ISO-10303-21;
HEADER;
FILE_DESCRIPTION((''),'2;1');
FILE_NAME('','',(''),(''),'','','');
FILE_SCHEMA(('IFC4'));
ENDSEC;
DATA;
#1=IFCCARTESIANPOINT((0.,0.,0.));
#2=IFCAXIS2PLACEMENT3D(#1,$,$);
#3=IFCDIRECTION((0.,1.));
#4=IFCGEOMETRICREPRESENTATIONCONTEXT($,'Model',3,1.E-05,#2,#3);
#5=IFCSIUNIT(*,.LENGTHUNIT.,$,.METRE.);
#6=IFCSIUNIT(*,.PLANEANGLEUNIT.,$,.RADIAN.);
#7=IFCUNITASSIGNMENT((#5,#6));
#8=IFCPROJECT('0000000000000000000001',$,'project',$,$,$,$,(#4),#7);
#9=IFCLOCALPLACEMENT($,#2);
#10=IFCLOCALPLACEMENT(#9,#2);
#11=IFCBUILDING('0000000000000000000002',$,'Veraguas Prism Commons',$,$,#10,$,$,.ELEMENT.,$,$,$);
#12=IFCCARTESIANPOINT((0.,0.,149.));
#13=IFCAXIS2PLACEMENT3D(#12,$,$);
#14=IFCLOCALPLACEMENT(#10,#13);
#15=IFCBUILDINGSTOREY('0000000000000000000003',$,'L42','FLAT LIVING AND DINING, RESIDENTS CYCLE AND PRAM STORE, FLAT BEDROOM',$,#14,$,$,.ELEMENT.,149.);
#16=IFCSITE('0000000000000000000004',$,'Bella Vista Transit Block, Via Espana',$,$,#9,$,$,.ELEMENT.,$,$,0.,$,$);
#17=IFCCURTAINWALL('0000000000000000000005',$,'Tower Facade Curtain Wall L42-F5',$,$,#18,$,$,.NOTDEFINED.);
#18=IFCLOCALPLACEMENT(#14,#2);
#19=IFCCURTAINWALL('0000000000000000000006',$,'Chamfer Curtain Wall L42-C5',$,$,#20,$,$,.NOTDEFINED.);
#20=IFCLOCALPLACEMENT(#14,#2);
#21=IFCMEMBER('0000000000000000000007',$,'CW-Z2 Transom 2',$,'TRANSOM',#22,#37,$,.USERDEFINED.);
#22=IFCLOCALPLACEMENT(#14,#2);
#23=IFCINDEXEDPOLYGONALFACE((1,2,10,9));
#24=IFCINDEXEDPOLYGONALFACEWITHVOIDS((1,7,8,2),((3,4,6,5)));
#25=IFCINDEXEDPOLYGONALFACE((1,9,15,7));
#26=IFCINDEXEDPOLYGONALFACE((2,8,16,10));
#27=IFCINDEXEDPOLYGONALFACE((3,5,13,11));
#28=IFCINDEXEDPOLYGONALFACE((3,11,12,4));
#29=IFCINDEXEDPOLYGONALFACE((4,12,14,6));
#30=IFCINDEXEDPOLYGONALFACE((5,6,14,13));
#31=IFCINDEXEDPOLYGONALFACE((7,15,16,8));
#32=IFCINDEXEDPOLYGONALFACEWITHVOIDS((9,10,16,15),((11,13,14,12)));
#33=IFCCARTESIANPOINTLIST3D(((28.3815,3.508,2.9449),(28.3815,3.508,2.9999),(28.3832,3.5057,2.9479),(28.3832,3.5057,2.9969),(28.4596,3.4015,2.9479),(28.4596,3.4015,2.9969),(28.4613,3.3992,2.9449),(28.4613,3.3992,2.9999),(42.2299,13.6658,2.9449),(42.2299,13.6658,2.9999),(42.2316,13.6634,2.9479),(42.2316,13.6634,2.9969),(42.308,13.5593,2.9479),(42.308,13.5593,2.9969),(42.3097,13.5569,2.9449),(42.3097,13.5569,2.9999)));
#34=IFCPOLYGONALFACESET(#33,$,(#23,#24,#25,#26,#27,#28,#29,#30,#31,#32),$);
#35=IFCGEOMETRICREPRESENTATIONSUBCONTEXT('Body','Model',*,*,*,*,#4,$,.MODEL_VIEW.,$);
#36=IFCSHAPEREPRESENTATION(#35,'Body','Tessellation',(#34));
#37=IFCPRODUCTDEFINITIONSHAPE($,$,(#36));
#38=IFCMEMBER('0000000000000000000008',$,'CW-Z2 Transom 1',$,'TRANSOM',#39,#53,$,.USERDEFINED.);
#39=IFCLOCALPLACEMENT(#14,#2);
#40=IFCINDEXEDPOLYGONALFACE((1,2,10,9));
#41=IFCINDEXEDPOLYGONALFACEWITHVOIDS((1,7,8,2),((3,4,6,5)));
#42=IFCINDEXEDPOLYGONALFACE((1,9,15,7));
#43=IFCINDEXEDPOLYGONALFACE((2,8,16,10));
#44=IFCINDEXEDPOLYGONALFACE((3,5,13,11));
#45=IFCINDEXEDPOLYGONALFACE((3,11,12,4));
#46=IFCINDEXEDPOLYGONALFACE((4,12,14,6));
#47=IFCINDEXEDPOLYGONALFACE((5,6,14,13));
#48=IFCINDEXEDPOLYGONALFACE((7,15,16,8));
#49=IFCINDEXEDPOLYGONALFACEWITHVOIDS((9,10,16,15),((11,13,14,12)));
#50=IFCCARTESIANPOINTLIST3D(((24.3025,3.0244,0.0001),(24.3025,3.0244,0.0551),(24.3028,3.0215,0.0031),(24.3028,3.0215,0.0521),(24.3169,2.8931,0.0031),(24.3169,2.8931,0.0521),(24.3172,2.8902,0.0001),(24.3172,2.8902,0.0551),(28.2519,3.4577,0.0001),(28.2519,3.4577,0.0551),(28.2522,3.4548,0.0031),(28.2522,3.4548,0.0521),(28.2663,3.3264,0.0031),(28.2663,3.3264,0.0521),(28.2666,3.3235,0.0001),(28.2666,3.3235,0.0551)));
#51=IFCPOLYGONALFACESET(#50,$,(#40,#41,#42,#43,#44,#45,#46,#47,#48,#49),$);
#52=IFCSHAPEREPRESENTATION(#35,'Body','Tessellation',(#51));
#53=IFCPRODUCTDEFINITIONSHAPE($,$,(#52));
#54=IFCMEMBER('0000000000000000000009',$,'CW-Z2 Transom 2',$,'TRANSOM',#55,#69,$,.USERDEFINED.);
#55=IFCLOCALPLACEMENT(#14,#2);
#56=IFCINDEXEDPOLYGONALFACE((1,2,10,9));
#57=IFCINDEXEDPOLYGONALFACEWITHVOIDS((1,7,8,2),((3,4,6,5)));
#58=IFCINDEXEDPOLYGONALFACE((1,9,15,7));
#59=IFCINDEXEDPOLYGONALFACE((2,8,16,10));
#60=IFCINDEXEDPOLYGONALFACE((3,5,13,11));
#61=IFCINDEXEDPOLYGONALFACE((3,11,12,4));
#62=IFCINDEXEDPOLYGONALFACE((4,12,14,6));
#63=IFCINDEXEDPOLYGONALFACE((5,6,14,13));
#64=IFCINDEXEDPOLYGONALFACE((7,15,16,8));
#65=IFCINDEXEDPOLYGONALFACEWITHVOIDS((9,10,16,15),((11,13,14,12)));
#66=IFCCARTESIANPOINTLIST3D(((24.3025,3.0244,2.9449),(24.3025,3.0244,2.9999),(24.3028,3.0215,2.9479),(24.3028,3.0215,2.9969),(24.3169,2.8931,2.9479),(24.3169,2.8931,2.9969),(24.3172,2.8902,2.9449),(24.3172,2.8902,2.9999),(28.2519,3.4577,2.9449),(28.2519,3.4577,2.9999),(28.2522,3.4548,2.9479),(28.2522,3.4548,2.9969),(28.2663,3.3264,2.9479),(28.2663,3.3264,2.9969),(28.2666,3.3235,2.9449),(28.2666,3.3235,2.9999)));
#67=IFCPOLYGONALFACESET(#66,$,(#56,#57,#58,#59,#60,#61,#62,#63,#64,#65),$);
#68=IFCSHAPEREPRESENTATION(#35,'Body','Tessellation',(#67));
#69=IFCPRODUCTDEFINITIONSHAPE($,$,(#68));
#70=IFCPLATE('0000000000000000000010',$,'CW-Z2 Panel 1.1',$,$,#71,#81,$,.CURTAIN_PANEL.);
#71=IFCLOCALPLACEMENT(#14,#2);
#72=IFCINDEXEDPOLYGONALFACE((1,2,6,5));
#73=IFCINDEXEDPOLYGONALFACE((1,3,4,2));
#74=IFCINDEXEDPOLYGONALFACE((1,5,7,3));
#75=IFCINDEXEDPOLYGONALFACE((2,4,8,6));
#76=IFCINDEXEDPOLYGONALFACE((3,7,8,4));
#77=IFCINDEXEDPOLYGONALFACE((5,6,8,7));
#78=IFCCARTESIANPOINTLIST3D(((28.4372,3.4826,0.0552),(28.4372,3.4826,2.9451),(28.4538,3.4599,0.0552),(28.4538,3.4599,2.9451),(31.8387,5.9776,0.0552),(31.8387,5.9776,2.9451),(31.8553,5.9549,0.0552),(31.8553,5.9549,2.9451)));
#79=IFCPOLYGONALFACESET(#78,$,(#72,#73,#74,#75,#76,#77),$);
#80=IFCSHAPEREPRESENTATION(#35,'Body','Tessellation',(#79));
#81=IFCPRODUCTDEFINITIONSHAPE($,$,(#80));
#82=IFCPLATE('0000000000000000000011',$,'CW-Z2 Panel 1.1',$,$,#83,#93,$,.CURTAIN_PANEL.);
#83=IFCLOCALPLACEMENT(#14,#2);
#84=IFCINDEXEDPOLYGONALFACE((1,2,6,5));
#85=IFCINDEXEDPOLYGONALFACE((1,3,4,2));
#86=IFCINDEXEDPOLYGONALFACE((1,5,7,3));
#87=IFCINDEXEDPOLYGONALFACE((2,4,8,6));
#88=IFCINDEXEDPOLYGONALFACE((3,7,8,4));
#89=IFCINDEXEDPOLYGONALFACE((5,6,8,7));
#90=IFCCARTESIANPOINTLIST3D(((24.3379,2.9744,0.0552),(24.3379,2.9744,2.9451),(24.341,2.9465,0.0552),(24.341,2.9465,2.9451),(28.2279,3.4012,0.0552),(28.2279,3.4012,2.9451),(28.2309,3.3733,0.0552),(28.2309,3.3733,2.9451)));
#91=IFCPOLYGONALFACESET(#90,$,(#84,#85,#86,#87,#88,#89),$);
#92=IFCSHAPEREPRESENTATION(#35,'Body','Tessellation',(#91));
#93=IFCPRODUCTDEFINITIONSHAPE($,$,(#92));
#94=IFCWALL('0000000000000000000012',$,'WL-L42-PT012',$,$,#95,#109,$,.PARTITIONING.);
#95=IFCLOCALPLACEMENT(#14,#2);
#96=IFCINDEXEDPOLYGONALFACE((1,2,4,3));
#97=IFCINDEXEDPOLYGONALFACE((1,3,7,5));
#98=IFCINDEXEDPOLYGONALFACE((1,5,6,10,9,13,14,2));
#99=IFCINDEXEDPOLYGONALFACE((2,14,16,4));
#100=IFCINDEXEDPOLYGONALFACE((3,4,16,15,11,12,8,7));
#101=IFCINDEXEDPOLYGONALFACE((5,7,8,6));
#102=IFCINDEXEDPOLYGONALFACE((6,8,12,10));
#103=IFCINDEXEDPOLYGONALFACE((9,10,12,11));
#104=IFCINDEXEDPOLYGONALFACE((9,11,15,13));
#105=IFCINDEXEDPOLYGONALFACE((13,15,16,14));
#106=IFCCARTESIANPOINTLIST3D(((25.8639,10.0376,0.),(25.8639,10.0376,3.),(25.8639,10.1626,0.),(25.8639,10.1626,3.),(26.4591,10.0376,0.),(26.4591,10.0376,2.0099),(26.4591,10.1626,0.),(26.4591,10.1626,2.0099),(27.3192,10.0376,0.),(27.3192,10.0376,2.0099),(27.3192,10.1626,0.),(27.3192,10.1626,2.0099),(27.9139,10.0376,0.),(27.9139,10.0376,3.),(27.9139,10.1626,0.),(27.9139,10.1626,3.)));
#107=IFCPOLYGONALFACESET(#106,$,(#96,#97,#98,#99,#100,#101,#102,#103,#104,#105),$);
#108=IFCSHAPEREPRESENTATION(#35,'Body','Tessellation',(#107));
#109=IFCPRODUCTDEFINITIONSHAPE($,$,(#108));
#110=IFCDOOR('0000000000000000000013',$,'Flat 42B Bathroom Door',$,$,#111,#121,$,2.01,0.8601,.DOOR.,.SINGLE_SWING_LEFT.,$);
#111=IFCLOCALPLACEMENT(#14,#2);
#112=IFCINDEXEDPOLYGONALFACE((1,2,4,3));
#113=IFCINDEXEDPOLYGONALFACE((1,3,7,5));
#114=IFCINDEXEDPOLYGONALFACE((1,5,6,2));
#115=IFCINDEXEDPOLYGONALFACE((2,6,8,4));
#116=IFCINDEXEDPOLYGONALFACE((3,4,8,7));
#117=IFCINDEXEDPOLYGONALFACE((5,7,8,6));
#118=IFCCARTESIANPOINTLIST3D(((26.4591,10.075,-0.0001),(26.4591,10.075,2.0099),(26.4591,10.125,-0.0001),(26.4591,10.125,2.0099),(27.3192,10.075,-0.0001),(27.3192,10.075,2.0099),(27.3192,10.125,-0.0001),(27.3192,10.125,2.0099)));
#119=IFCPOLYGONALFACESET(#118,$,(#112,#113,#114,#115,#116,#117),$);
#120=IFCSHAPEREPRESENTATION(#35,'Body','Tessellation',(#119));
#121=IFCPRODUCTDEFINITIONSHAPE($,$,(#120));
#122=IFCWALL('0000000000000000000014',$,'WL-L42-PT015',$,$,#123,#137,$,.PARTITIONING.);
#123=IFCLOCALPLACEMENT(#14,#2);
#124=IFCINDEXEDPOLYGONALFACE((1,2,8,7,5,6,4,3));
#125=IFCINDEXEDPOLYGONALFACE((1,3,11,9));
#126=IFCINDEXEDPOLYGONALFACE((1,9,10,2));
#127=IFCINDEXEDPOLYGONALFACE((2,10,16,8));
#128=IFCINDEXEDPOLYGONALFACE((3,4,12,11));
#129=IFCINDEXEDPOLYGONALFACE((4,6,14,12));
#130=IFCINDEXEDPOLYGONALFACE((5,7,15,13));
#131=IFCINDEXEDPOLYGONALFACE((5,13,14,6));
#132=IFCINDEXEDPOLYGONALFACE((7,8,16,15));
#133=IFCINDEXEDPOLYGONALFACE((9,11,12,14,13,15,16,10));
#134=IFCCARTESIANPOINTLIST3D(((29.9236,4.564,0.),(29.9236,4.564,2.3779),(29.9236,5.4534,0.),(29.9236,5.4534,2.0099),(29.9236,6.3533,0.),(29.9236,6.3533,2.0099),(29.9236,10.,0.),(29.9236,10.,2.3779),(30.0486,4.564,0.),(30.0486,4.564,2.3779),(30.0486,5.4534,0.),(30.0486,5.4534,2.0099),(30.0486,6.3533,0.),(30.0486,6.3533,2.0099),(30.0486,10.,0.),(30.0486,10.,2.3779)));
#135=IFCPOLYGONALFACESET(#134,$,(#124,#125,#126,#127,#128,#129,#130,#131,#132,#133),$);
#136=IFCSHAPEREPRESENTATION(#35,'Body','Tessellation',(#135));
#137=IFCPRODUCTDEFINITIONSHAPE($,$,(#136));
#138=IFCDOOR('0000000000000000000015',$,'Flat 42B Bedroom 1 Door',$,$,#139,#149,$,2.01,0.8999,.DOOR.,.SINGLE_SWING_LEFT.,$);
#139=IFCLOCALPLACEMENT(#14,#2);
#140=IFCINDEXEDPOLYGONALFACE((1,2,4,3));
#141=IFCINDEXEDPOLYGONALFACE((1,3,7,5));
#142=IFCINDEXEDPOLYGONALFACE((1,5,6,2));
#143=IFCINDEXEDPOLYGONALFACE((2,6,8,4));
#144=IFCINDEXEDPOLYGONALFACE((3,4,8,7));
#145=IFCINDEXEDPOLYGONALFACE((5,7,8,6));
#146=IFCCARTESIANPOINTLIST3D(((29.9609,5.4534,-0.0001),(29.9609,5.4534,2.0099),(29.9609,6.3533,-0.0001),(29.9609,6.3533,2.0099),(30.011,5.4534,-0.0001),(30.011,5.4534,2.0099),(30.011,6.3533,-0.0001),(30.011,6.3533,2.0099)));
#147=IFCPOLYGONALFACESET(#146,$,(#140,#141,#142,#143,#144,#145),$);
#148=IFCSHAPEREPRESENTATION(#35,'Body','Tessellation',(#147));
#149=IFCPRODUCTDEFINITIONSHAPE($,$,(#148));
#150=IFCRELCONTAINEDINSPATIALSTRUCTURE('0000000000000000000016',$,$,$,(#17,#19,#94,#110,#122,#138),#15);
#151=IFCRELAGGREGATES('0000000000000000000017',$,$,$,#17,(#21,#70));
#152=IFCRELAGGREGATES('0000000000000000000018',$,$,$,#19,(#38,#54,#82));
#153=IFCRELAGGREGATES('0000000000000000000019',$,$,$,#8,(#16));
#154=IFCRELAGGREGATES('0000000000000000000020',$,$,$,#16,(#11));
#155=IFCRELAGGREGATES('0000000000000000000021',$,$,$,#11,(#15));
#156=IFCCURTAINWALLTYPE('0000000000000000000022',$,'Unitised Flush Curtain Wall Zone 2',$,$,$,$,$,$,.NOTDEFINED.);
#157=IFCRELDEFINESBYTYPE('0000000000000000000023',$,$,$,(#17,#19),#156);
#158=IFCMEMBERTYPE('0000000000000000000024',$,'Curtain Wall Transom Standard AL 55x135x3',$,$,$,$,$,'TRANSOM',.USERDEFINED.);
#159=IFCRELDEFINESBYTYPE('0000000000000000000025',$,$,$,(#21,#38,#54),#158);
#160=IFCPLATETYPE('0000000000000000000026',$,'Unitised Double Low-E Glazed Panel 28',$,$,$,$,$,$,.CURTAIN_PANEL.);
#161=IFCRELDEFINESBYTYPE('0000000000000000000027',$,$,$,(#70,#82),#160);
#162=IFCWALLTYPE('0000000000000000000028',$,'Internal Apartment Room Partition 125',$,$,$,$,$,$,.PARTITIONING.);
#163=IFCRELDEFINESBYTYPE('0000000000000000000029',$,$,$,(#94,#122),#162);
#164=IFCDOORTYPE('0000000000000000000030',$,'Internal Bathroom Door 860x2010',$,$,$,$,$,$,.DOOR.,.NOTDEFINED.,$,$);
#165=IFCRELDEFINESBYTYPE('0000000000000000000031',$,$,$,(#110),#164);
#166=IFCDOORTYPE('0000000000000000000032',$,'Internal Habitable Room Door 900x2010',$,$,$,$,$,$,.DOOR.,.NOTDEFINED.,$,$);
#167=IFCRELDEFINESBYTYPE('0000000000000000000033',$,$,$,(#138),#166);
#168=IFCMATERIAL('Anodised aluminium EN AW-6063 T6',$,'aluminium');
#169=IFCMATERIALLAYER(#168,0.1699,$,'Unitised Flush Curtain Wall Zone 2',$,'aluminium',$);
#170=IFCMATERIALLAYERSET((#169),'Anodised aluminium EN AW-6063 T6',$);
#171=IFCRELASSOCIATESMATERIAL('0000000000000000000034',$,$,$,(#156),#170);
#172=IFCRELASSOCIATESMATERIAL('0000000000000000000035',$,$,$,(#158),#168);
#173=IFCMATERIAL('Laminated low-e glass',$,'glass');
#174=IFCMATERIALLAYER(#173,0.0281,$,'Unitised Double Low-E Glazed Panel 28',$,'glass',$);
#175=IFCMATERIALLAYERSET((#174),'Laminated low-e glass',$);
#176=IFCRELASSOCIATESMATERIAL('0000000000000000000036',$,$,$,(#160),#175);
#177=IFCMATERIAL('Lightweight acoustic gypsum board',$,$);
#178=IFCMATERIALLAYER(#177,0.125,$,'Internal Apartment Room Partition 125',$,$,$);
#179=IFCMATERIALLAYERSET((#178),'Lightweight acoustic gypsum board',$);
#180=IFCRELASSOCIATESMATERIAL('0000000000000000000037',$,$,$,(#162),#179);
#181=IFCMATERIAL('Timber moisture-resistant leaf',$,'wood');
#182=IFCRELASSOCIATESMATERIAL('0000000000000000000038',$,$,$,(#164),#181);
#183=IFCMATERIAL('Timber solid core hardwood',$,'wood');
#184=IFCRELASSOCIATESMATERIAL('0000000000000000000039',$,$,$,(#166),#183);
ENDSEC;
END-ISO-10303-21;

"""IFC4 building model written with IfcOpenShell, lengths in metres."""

from ifc_helpers import new_model, si_unit, direction, frame, frame_2d, origin, origin_2d, place, context, subcontext, project, spatial, rectangle, hollow_rectangle, extrude, source, transform, mapped, material, layer, layer_set, material_profile, profile_set, type_object, element, fill, aggregate, save


model = new_model("IFC4")

# Units and contexts
model_context = context("Model", 3, precision=1e-05, world=origin(), true_north=direction((0.0, 1.0)))
body_context = subcontext(model_context, "Body", "Model", "MODEL_VIEW")
ifc_project = project(units=[si_unit("LENGTHUNIT", "METRE"), si_unit("PLANEANGLEUNIT", "RADIAN")], contexts=[model_context])

# Site, building, storey
site_placement = place(None, origin())
site = spatial("IfcSite", under=ifc_project, at=site_placement, Name="Bella Vista Transit Block, Via Espana", CompositionType="ELEMENT", RefElevation=0.0)
building_placement = place(site_placement, origin())
building = spatial("IfcBuilding", under=site, at=building_placement, Name="Veraguas Prism Commons", CompositionType="ELEMENT")
storey_placement = place(building_placement, frame((0.0, 0.0, 149.0)))
storey = spatial("IfcBuildingStorey", under=building, at=storey_placement, Name="L42", Description="FLAT LIVING AND DINING, RESIDENTS CYCLE AND PRAM STORE, FLAT BEDROOM", CompositionType="ELEMENT", Elevation=149.0)

# Curtain wall
ifc_material_1 = material(Name="Anodised aluminium EN AW-6063 T6", Category="aluminium")
ifc_layer_1 = layer(ifc_material_1, 0.1699, Name="Unitised Flush Curtain Wall Zone 2", Category="aluminium")
ifc_layer_set_1 = layer_set([ifc_layer_1], Name="Anodised aluminium EN AW-6063 T6")
curtain_wall_type = type_object("IfcCurtainWallType", Name="Unitised Flush Curtain Wall Zone 2", PredefinedType="NOTDEFINED", material=ifc_layer_set_1)
curtain_wall_1_placement = place(storey_placement, origin())
curtain_wall_1 = element("IfcCurtainWall", 1, at=curtain_wall_1_placement, inside=storey, type_object=curtain_wall_type, Name="Tower Facade Curtain Wall L42-F5", PredefinedType="NOTDEFINED")

# Curtain wall
curtain_wall_2_placement = place(storey_placement, origin())
curtain_wall_2 = element("IfcCurtainWall", 2, at=curtain_wall_2_placement, inside=storey, type_object=curtain_wall_type, Name="Chamfer Curtain Wall L42-C5", PredefinedType="NOTDEFINED")

# Members
ifc_material_profile_1 = material_profile(ifc_material_1, hollow_rectangle(XDim=0.0549, YDim=0.135, WallThickness=0.0029, at=origin_2d()), Name="AL55X135X3")
ifc_profile_set_1 = profile_set([ifc_material_profile_1], Name="Anodised aluminium EN AW-6063 T6")
member_type_1 = type_object("IfcMemberType", Name="Curtain Wall Transom Standard AL 55x135x3", ElementType="TRANSOM", PredefinedType="USERDEFINED", material=ifc_profile_set_1)
shared_shape_1 = source(origin(), body_context, "Body", "SweptSolid", [
    extrude(hollow_rectangle(XDim=0.0549, YDim=0.135, WallThickness=0.0029, at=origin_2d()), origin(), (0.0, 0.0, 1.0), 17.1743),
])
member_1_placement = place(storey_placement, frame((28.4214, 3.4536, 2.9724), z_axis=(0.806343, 0.591448, 0.0), x_axis=(0.0, 0.0, 1.0)))
member_1 = element("IfcMember", 3, at=member_1_placement, type_object=member_type_1, Name="CW-Z2 Transom 2", ObjectType="TRANSOM", PredefinedType="USERDEFINED", context=body_context, shape_type="MappedRepresentation", body=[
    mapped(shared_shape_1, transform((0.0, 0.0, 0.0), scale=1.0)),
])
shared_shape_2 = source(origin(), body_context, "Body", "SweptSolid", [
    extrude(hollow_rectangle(XDim=0.0549, YDim=0.135, WallThickness=0.0029, at=origin_2d()), origin(), (0.0, 0.0, 1.0), 3.9731),
])
member_2_placement = place(storey_placement, frame((24.3098, 2.9573, 0.0276), z_axis=(0.994034, 0.109069, 0.0), x_axis=(0.0, 0.0, 1.0)))
member_2 = element("IfcMember", 4, at=member_2_placement, type_object=member_type_1, Name="CW-Z2 Transom 1", ObjectType="TRANSOM", PredefinedType="USERDEFINED", context=body_context, shape_type="MappedRepresentation", body=[
    mapped(shared_shape_2, transform((0.0, 0.0, 0.0), scale=1.0)),
])
member_3_placement = place(storey_placement, frame((24.3098, 2.9573, 2.9724), z_axis=(0.994034, 0.109069, 0.0), x_axis=(0.0, 0.0, 1.0)))
member_3 = element("IfcMember", 5, at=member_3_placement, type_object=member_type_1, Name="CW-Z2 Transom 2", ObjectType="TRANSOM", PredefinedType="USERDEFINED", context=body_context, shape_type="MappedRepresentation", body=[
    mapped(shared_shape_2, transform((0.0, 0.0, 0.0), scale=1.0)),
])

# Plates
ifc_material_2 = material(Name="Laminated low-e glass", Category="glass")
ifc_layer_2 = layer(ifc_material_2, 0.0281, Name="Unitised Double Low-E Glazed Panel 28", Category="glass")
ifc_layer_set_2 = layer_set([ifc_layer_2], Name="Laminated low-e glass")
plate_type = type_object("IfcPlateType", Name="Unitised Double Low-E Glazed Panel 28", PredefinedType="CURTAIN_PANEL", material=ifc_layer_set_2)
shared_shape_3 = source(origin(), body_context, "Body", "SweptSolid", [
    extrude(rectangle(XDim=4.2185, YDim=0.0281, at=origin_2d()), origin(), (0.0, 0.0, 1.0), 2.8899),
])
plate_1_placement = place(storey_placement, frame((30.1462, 4.7188, 0.0552), z_axis=(0.0, 0.0, 1.0), x_axis=(0.806343, 0.591448, 0.0)))
plate_1 = element("IfcPlate", 6, at=plate_1_placement, type_object=plate_type, Name="CW-Z2 Panel 1.1", PredefinedType="CURTAIN_PANEL", context=body_context, shape_type="MappedRepresentation", body=[
    mapped(shared_shape_3, transform((0.0, 0.0, 0.0), scale=1.0)),
])
aggregate(curtain_wall_1, [member_1, plate_1])
shared_shape_4 = source(origin(), body_context, "Body", "SweptSolid", [
    extrude(rectangle(XDim=3.9133, YDim=0.0281, at=origin_2d()), origin(), (0.0, 0.0, 1.0), 2.8899),
])
plate_2_placement = place(storey_placement, frame((26.2844, 3.1738, 0.0552), z_axis=(0.0, 0.0, 1.0), x_axis=(0.994034, 0.109068, 0.0)))
plate_2 = element("IfcPlate", 7, at=plate_2_placement, type_object=plate_type, Name="CW-Z2 Panel 1.1", PredefinedType="CURTAIN_PANEL", context=body_context, shape_type="MappedRepresentation", body=[
    mapped(shared_shape_4, transform((0.0, 0.0, 0.0), scale=1.0)),
])
aggregate(curtain_wall_2, [member_2, member_3, plate_2])

# Walls, openings, doors
ifc_material_3 = material(Name="Lightweight acoustic gypsum board")
ifc_layer_3 = layer(ifc_material_3, 0.125, Name="Internal Apartment Room Partition 125")
ifc_layer_set_3 = layer_set([ifc_layer_3], Name="Lightweight acoustic gypsum board")
wall_type = type_object("IfcWallType", Name="Internal Apartment Room Partition 125", PredefinedType="PARTITIONING", material=ifc_layer_set_3)
wall_1_placement = place(storey_placement, frame((25.864, 10.1001, 0.0), z_axis=(0.0, 0.0, 1.0), x_axis=(1.0, 0.0, 0.0)))
wall_1 = element("IfcWall", 8, at=wall_1_placement, inside=storey, type_object=wall_type, Name="WL-L42-PT012", PredefinedType="PARTITIONING", context=body_context, shape_type="SweptSolid", body=[
    extrude(rectangle(XDim=2.05, YDim=0.125, at=frame_2d((1.0249, 0.0))), origin(), (0.0, 0.0, 1.0), 3.0),
])
opening_1_placement = place(wall_1_placement, frame((0.595, 0.0, 0.0)))
opening_1 = element("IfcOpeningElement", 9, at=opening_1_placement, cuts=wall_1, PredefinedType="OPENING", context=body_context, shape_type="SweptSolid", body=[
    extrude(rectangle(XDim=0.8601, YDim=2.01, at=frame_2d((0.4302, 1.0049))), frame((0.0, 0.0725, 0.0), z_axis=(0.0, -1.0, 0.0), x_axis=(1.0, 0.0, 0.0)), (0.0, 0.0, 1.0), 0.145),
])
ifc_material_4 = material(Name="Timber moisture-resistant leaf", Category="wood")
door_type_1 = type_object("IfcDoorType", Name="Internal Bathroom Door 860x2010", OperationType="NOTDEFINED", PredefinedType="DOOR", material=ifc_material_4)
shared_shape_5 = source(origin(), body_context, "Body", "SweptSolid", [
    extrude(rectangle(XDim=0.8601, YDim=2.01, at=frame_2d((0.4302, 1.0049))), frame((0.0, 0.0249, 0.0), z_axis=(0.0, -1.0, 0.0), x_axis=(1.0, 0.0, 0.0)), (0.0, 0.0, 1.0), 0.05),
])
door_1_placement = place(opening_1_placement, origin())
door_1 = element("IfcDoor", 10, at=door_1_placement, inside=storey, type_object=door_type_1, Name="Flat 42B Bathroom Door", OperationType="SINGLE_SWING_LEFT", OverallHeight=2.01, OverallWidth=0.8601, PredefinedType="DOOR", context=body_context, shape_type="MappedRepresentation", body=[
    mapped(shared_shape_5, transform((0.0, 0.0, 0.0), scale=1.0)),
])
fill(opening_1, door_1)
wall_2_placement = place(storey_placement, frame((29.9861, 10.0, 0.0), z_axis=(0.0, 0.0, 1.0), x_axis=(0.0, -1.0, 0.0)))
wall_2 = element("IfcWall", 11, at=wall_2_placement, inside=storey, type_object=wall_type, Name="WL-L42-PT015", PredefinedType="PARTITIONING", context=body_context, shape_type="SweptSolid", body=[
    extrude(rectangle(XDim=5.436, YDim=0.125, at=frame_2d((2.718, 0.0))), origin(), (0.0, 0.0, 1.0), 2.3779),
])
opening_2_placement = place(wall_2_placement, frame((3.6467, 0.0, 0.0)))
opening_2 = element("IfcOpeningElement", 12, at=opening_2_placement, cuts=wall_2, PredefinedType="OPENING", context=body_context, shape_type="SweptSolid", body=[
    extrude(rectangle(XDim=0.8999, YDim=2.01, at=frame_2d((0.45, 1.0049))), frame((0.0, 0.0725, 0.0), z_axis=(0.0, -1.0, 0.0), x_axis=(1.0, 0.0, 0.0)), (0.0, 0.0, 1.0), 0.145),
])
ifc_material_5 = material(Name="Timber solid core hardwood", Category="wood")
door_type_2 = type_object("IfcDoorType", Name="Internal Habitable Room Door 900x2010", OperationType="NOTDEFINED", PredefinedType="DOOR", material=ifc_material_5)
shared_shape_6 = source(origin(), body_context, "Body", "SweptSolid", [
    extrude(rectangle(XDim=0.8999, YDim=2.01, at=frame_2d((0.45, 1.0049))), frame((0.0, 0.0249, 0.0), z_axis=(0.0, -1.0, 0.0), x_axis=(1.0, 0.0, 0.0)), (0.0, 0.0, 1.0), 0.05),
])
door_2_placement = place(opening_2_placement, origin())
door_2 = element("IfcDoor", 13, at=door_2_placement, inside=storey, type_object=door_type_2, Name="Flat 42B Bedroom 1 Door", OperationType="SINGLE_SWING_LEFT", OverallHeight=2.01, OverallWidth=0.8999, PredefinedType="DOOR", context=body_context, shape_type="MappedRepresentation", body=[
    mapped(shared_shape_6, transform((0.0, 0.0, 0.0), scale=1.0)),
])
fill(opening_2, door_2)

save(model, "model.ifc")
